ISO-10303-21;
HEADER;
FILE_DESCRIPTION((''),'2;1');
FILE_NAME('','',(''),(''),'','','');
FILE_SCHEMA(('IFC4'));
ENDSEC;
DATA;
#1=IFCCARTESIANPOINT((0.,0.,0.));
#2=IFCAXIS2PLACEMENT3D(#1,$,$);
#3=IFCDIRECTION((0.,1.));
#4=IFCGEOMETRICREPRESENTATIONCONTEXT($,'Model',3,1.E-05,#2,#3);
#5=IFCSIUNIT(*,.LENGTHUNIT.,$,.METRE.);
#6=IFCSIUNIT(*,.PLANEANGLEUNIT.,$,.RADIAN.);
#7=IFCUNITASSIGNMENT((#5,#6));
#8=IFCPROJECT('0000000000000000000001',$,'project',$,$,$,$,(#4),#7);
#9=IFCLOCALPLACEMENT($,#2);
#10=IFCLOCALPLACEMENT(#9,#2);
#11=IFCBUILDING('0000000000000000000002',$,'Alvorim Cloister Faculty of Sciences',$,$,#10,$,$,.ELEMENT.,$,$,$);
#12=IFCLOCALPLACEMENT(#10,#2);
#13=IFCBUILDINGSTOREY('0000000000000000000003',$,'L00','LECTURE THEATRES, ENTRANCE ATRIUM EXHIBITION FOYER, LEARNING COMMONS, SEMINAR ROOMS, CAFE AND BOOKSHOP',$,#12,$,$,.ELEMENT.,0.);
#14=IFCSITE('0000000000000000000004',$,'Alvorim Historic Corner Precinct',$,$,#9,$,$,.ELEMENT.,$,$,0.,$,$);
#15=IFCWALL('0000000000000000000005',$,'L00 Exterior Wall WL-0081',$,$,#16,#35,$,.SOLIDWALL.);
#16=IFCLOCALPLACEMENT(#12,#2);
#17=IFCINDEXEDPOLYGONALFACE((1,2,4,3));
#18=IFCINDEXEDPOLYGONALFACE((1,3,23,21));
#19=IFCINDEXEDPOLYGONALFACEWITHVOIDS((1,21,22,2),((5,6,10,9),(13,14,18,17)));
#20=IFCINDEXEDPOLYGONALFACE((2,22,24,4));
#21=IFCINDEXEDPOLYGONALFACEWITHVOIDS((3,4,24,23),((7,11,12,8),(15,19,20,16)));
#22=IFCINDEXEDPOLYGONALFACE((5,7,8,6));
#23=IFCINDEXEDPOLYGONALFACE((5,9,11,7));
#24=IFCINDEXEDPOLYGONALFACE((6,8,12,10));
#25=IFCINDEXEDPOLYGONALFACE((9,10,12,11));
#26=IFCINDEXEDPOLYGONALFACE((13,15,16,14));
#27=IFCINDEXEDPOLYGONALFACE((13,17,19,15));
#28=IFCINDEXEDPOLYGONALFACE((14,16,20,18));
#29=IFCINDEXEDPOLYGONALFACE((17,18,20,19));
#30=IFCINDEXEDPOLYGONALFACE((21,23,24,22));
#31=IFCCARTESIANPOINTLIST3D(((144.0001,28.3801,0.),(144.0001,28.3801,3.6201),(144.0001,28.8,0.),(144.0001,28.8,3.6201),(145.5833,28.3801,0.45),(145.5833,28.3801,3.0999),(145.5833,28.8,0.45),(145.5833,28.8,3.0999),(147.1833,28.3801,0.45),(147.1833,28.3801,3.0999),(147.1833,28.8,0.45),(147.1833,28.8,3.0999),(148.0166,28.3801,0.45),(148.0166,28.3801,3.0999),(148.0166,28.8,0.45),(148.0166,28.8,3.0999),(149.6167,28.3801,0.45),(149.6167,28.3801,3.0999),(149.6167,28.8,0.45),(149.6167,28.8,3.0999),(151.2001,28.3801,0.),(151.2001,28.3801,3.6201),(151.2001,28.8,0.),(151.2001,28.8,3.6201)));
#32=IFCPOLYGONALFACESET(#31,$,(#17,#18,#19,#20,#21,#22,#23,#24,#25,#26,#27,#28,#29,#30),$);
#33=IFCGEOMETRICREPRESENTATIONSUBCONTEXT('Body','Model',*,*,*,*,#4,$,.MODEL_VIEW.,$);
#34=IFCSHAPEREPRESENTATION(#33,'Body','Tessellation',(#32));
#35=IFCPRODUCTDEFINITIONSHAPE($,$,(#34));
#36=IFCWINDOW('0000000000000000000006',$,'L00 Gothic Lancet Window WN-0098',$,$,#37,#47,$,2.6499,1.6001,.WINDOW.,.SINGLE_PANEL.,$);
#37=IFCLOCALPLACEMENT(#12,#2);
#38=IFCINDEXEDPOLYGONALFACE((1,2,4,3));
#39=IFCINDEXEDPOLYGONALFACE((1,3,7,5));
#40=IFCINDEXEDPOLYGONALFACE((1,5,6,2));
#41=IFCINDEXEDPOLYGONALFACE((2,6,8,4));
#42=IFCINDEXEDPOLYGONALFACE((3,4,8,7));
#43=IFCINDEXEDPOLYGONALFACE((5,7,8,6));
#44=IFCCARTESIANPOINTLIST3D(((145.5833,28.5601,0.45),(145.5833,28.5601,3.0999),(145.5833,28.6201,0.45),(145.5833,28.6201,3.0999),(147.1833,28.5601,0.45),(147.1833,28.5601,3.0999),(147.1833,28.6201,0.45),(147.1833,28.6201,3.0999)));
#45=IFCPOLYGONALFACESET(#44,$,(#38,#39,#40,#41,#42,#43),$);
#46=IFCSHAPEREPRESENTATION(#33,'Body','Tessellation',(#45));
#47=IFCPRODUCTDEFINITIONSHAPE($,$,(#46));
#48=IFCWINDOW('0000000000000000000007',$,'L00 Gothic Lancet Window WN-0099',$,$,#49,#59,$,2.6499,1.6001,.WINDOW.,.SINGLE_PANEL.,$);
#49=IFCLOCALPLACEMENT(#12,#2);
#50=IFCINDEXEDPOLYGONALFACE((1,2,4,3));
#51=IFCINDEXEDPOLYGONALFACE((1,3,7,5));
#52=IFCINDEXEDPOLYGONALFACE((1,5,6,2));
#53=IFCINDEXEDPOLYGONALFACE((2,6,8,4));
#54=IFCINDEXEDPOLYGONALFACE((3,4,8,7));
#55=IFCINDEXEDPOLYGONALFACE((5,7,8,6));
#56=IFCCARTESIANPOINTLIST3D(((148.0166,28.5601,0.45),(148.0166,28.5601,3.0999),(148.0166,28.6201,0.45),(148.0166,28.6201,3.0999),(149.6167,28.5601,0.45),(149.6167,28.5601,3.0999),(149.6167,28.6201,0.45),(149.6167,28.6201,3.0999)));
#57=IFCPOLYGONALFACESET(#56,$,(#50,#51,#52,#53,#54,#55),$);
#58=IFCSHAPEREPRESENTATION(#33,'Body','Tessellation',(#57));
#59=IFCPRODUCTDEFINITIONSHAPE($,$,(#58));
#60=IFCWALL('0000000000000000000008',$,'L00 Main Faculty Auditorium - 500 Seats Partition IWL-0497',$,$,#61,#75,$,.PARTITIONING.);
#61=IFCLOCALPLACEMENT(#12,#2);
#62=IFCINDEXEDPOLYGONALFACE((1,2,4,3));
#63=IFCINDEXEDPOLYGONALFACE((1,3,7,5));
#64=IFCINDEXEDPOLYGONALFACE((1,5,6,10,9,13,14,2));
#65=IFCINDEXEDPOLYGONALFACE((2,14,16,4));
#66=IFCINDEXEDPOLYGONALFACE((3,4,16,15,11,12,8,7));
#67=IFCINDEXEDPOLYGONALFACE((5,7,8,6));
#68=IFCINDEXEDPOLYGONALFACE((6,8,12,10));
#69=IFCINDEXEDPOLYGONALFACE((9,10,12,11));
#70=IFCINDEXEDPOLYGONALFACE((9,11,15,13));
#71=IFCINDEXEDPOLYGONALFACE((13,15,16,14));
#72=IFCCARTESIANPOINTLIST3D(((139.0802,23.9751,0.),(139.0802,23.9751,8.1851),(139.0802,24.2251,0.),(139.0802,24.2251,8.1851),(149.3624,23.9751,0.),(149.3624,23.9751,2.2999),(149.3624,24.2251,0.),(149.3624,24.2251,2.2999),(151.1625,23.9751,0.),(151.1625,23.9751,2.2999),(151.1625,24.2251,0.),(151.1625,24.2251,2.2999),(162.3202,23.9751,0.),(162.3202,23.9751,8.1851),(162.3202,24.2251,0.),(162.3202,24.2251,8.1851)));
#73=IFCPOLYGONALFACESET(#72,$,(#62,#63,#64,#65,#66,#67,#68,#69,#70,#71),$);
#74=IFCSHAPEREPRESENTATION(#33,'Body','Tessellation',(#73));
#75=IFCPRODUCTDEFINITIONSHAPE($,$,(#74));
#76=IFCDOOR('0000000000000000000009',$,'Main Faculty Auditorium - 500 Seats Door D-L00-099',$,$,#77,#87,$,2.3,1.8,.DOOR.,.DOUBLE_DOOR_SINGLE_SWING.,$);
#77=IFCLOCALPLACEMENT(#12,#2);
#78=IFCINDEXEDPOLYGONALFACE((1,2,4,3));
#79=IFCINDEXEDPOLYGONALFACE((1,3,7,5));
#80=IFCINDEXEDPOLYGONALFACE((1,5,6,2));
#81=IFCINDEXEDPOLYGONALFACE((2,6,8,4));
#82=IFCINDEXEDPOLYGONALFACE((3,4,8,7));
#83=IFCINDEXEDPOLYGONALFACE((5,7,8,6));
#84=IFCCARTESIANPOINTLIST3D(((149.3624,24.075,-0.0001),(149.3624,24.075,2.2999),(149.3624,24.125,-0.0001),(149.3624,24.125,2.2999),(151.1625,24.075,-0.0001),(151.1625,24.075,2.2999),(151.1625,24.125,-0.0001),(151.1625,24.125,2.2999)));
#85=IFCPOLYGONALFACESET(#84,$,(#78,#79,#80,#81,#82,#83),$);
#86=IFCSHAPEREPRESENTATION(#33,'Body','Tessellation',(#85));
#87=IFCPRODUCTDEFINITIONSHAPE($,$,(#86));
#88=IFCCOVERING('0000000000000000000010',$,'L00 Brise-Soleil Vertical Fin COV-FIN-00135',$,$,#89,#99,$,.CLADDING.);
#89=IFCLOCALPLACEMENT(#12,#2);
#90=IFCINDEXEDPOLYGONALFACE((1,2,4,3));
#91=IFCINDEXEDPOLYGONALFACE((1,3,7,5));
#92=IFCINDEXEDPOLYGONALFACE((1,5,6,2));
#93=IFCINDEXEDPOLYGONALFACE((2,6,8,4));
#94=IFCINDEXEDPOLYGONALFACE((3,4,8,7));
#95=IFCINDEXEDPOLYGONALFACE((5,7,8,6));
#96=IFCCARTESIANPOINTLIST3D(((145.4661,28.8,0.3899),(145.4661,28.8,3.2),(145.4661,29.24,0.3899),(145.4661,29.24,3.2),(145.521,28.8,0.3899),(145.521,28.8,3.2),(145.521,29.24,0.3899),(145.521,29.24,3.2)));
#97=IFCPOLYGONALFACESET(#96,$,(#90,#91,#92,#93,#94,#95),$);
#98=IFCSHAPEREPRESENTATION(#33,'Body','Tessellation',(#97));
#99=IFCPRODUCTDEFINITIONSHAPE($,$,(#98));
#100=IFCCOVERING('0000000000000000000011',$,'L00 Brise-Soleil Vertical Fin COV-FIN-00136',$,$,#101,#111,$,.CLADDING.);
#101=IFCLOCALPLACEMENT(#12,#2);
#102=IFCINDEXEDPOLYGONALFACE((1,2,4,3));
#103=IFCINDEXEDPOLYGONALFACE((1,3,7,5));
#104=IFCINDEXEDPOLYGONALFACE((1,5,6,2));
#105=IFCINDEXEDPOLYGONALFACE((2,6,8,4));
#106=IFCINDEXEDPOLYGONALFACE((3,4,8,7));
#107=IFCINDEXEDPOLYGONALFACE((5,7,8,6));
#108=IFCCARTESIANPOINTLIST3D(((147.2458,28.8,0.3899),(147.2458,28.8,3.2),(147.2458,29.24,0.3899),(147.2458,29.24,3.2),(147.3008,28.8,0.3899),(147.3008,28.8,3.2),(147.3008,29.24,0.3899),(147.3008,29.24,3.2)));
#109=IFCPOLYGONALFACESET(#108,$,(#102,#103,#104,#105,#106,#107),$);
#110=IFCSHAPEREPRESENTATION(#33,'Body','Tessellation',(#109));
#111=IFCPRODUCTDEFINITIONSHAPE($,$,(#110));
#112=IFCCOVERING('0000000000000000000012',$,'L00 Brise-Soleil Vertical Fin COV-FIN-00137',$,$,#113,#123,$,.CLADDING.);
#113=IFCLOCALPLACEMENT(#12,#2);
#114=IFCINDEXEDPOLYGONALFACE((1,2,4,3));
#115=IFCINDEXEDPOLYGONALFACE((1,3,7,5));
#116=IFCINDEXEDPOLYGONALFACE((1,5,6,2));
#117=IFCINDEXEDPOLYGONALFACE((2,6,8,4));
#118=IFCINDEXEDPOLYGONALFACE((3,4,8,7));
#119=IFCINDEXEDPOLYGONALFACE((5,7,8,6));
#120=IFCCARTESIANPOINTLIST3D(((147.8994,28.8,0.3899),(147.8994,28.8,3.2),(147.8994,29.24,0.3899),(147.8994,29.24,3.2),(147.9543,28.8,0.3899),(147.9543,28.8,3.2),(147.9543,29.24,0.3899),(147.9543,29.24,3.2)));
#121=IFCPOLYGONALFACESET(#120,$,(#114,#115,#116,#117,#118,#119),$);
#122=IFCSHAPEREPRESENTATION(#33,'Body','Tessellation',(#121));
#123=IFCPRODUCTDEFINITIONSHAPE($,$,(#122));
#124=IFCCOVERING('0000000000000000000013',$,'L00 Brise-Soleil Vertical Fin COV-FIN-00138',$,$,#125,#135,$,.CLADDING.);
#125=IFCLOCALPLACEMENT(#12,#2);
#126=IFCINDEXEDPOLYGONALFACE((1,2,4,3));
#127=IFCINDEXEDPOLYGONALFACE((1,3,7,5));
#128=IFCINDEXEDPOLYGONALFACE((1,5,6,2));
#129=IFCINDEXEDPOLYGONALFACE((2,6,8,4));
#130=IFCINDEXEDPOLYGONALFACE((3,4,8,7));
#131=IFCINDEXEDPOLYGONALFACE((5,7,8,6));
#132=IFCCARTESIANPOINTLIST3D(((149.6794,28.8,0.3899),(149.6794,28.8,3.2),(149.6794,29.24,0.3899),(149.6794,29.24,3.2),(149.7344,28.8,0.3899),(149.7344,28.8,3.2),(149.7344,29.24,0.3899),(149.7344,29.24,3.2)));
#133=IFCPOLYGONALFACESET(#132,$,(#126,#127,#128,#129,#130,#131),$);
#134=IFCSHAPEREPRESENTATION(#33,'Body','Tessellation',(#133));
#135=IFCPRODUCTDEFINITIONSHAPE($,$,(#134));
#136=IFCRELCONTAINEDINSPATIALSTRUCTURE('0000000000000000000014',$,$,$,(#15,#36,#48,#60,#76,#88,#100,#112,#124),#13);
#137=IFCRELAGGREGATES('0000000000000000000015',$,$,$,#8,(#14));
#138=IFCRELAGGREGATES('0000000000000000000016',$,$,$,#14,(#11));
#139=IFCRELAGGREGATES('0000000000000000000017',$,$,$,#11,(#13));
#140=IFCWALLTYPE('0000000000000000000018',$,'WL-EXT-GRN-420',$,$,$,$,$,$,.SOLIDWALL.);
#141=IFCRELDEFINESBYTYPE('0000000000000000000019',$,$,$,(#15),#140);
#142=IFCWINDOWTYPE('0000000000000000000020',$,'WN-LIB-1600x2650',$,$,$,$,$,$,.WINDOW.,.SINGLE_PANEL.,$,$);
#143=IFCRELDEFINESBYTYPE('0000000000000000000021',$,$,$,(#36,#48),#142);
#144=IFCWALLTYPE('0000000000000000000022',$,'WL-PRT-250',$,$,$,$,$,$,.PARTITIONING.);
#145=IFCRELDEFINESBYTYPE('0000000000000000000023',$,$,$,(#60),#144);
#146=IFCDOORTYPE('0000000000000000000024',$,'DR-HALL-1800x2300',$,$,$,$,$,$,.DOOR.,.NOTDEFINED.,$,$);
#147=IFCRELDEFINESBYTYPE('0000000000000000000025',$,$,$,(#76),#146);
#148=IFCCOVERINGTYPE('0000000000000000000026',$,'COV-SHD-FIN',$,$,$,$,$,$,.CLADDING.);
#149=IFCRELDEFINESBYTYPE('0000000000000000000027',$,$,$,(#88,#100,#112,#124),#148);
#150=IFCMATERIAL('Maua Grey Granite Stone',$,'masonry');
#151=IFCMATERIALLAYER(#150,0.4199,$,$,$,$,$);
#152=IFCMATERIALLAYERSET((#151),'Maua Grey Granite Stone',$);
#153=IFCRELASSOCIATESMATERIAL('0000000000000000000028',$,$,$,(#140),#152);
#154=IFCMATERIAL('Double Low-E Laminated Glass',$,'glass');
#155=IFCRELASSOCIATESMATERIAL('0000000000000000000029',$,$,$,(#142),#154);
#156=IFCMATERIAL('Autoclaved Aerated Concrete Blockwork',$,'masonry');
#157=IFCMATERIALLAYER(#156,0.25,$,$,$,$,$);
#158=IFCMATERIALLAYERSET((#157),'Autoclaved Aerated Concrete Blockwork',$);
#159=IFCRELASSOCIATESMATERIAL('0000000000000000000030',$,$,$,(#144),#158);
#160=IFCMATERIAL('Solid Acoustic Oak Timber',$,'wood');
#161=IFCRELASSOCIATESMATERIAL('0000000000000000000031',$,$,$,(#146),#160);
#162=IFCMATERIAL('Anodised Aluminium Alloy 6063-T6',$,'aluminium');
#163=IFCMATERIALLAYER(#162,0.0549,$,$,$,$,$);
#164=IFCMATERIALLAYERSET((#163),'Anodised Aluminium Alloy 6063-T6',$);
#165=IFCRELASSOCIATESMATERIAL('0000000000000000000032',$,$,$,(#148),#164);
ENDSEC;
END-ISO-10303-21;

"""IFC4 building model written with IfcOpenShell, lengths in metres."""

from ifc_helpers import new_model, si_unit, direction, frame, frame_2d, origin, place, context, subcontext, project, spatial, polyline, rectangle, outline, extrude, material, layer, layer_set, type_object, element, fill, save


model = new_model("IFC4")

# Units and contexts
model_context = context("Model", 3, precision=1e-05, world=origin(), true_north=direction((0.0, 1.0)))
body_context = subcontext(model_context, "Body", "Model", "MODEL_VIEW")
ifc_project = project(units=[si_unit("LENGTHUNIT", "METRE"), si_unit("PLANEANGLEUNIT", "RADIAN")], contexts=[model_context])

# Site, building, storey
site_placement = place(None, origin())
site = spatial("IfcSite", under=ifc_project, at=site_placement, Name="Alvorim Historic Corner Precinct", CompositionType="ELEMENT", RefElevation=0.0)
building_placement = place(site_placement, origin())
building = spatial("IfcBuilding", under=site, at=building_placement, Name="Alvorim Cloister Faculty of Sciences", CompositionType="ELEMENT")
storey_placement = place(building_placement, origin())
storey = spatial("IfcBuildingStorey", under=building, at=storey_placement, Name="L00", Description="LECTURE THEATRES, ENTRANCE ATRIUM EXHIBITION FOYER, LEARNING COMMONS, SEMINAR ROOMS, CAFE AND BOOKSHOP", CompositionType="ELEMENT", Elevation=0.0)

# Shared definitions
ifc_material_1 = material(Name="Maua Grey Granite Stone", Category="masonry")

# Shared definitions
ifc_layer_1 = layer(ifc_material_1, 0.4199)
ifc_layer_set_1 = layer_set([ifc_layer_1], Name="Maua Grey Granite Stone")
wall_type_1 = type_object("IfcWallType", Name="WL-EXT-GRN-420", PredefinedType="SOLIDWALL", material=ifc_layer_set_1)

# Wall, openings, windows
wall_1_placement = place(storey_placement, frame((144.0, 28.5901, 0.0), z_axis=(0.0, 0.0, 1.0), x_axis=(1.0, 0.0, 0.0)))
wall_1 = element("IfcWall", 1, at=wall_1_placement, inside=storey, type_object=wall_type_1, Name="L00 Exterior Wall WL-0081", PredefinedType="SOLIDWALL", context=body_context, shape_type="SweptSolid", body=[
    extrude(rectangle(XDim=7.2, YDim=0.4199, at=frame_2d((3.6001, 0.0))), origin(), (0.0, 0.0, 1.0), 3.6201),
])
opening_1_placement = place(wall_1_placement, frame((1.5833, 0.0, 0.45)))
opening_1 = element("IfcOpeningElement", 2, at=opening_1_placement, cuts=wall_1, PredefinedType="OPENING", context=body_context, shape_type="SweptSolid", body=[
    extrude(rectangle(XDim=1.6001, YDim=2.6499, at=frame_2d((0.8, 1.325))), frame((0.0, 0.2219, 0.0), z_axis=(0.0, -1.0, 0.0), x_axis=(1.0, 0.0, 0.0)), (0.0, 0.0, 1.0), 0.4438),
])
opening_2_placement = place(wall_1_placement, frame((4.0166, 0.0, 0.45)))
opening_2 = element("IfcOpeningElement", 3, at=opening_2_placement, cuts=wall_1, PredefinedType="OPENING", context=body_context, shape_type="SweptSolid", body=[
    extrude(rectangle(XDim=1.6001, YDim=2.6499, at=frame_2d((0.8, 1.325))), frame((0.0, 0.2219, 0.0), z_axis=(0.0, -1.0, 0.0), x_axis=(1.0, 0.0, 0.0)), (0.0, 0.0, 1.0), 0.4438),
])
ifc_material_2 = material(Name="Double Low-E Laminated Glass", Category="glass")
window_type = type_object("IfcWindowType", Name="WN-LIB-1600x2650", PartitioningType="SINGLE_PANEL", PredefinedType="WINDOW", material=ifc_material_2)
window_1_placement = place(opening_1_placement, origin())
window_1 = element("IfcWindow", 4, at=window_1_placement, inside=storey, type_object=window_type, Name="L00 Gothic Lancet Window WN-0098", OverallHeight=2.6499, OverallWidth=1.6001, PartitioningType="SINGLE_PANEL", PredefinedType="WINDOW", context=body_context, shape_type="SweptSolid", body=[
    extrude(rectangle(XDim=1.6001, YDim=2.6499, at=frame_2d((0.8, 1.325))), frame((0.0, 0.03, 0.0), z_axis=(0.0, -1.0, 0.0), x_axis=(1.0, 0.0, 0.0)), (0.0, 0.0, 1.0), 0.0601),
])
fill(opening_1, window_1)
window_2_placement = place(opening_2_placement, origin())
window_2 = element("IfcWindow", 5, at=window_2_placement, inside=storey, type_object=window_type, Name="L00 Gothic Lancet Window WN-0099", OverallHeight=2.6499, OverallWidth=1.6001, PartitioningType="SINGLE_PANEL", PredefinedType="WINDOW", context=body_context, shape_type="SweptSolid", body=[
    extrude(rectangle(XDim=1.6001, YDim=2.6499, at=frame_2d((0.8, 1.325))), frame((0.0, 0.03, 0.0), z_axis=(0.0, -1.0, 0.0), x_axis=(1.0, 0.0, 0.0)), (0.0, 0.0, 1.0), 0.0601),
])
fill(opening_2, window_2)

# Wall, opening, door
ifc_material_3 = material(Name="Autoclaved Aerated Concrete Blockwork", Category="masonry")
ifc_layer_2 = layer(ifc_material_3, 0.25)
ifc_layer_set_2 = layer_set([ifc_layer_2], Name="Autoclaved Aerated Concrete Blockwork")
wall_type_2 = type_object("IfcWallType", Name="WL-PRT-250", PredefinedType="PARTITIONING", material=ifc_layer_set_2)
wall_2_placement = place(storey_placement, frame((139.0801, 24.1001, 0.0), z_axis=(0.0, 0.0, 1.0), x_axis=(1.0, 0.0, 0.0)))
wall_2 = element("IfcWall", 6, at=wall_2_placement, inside=storey, type_object=wall_type_2, Name="L00 Main Faculty Auditorium - 500 Seats Partition IWL-0497", PredefinedType="PARTITIONING", context=body_context, shape_type="SweptSolid", body=[
    extrude(rectangle(XDim=23.24, YDim=0.25, at=frame_2d((11.6201, 0.0))), origin(), (0.0, 0.0, 1.0), 8.1851),
])
opening_3_placement = place(wall_2_placement, frame((10.2825, 0.0, 0.0)))
opening_3 = element("IfcOpeningElement", 7, at=opening_3_placement, cuts=wall_2, PredefinedType="OPENING", context=body_context, shape_type="SweptSolid", body=[
    extrude(rectangle(XDim=1.8, YDim=2.3, at=frame_2d((0.8999, 1.1499))), frame((0.0, 0.137, 0.0), z_axis=(0.0, -1.0, 0.0), x_axis=(1.0, 0.0, 0.0)), (0.0, 0.0, 1.0), 0.2739),
])
ifc_material_4 = material(Name="Solid Acoustic Oak Timber", Category="wood")
door_type_1 = type_object("IfcDoorType", Name="DR-HALL-1800x2300", OperationType="NOTDEFINED", PredefinedType="DOOR", material=ifc_material_4)
door_1_placement = place(opening_3_placement, origin())
door_1 = element("IfcDoor", 8, at=door_1_placement, inside=storey, type_object=door_type_1, Name="Main Faculty Auditorium - 500 Seats Door D-L00-099", OperationType="DOUBLE_DOOR_SINGLE_SWING", OverallHeight=2.3, OverallWidth=1.8, PredefinedType="DOOR", context=body_context, shape_type="SweptSolid", body=[
    extrude(rectangle(XDim=1.8, YDim=2.3, at=frame_2d((0.8999, 1.1499))), frame((0.0, 0.0249, 0.0), z_axis=(0.0, -1.0, 0.0), x_axis=(1.0, 0.0, 0.0)), (0.0, 0.0, 1.0), 0.05),
])
fill(opening_3, door_1)

# Coverings
ifc_material_5 = material(Name="Anodised Aluminium Alloy 6063-T6", Category="aluminium")
ifc_layer_3 = layer(ifc_material_5, 0.0549)
ifc_layer_set_3 = layer_set([ifc_layer_3], Name="Anodised Aluminium Alloy 6063-T6")
covering_type = type_object("IfcCoveringType", Name="COV-SHD-FIN", PredefinedType="CLADDING", material=ifc_layer_set_3)
for number, where, z_axis, x_axis, name in (
    (9, (145.4934, 28.8, 0.3899), (0.0, 0.0, 1.0), (0.0, 1.0, 0.0), "L00 Brise-Soleil Vertical Fin COV-FIN-00135"),
    (10, (147.2732, 28.8, 0.3899), (0.0, 0.0, 1.0), (0.0, 1.0, 0.0), "L00 Brise-Soleil Vertical Fin COV-FIN-00136"),
    (11, (147.9268, 28.8, 0.3899), (0.0, 0.0, 1.0), (0.0, 1.0, 0.0), "L00 Brise-Soleil Vertical Fin COV-FIN-00137"),
    (12, (149.7068, 28.8, 0.3899), (0.0, 0.0, 1.0), (0.0, 1.0, 0.0), "L00 Brise-Soleil Vertical Fin COV-FIN-00138"),
):
    element("IfcCovering", number, at=place(storey_placement, frame(where, z_axis=z_axis, x_axis=x_axis)), inside=storey, type_object=covering_type, Name=name, PredefinedType="CLADDING", context=body_context, shape_type="SweptSolid", body=[
        extrude(outline(polyline([(0.0, 0.0), (0.4399, 0.0), (0.4399, 2.8101), (0.0, 2.8101), (0.0, 0.0)])), frame((0.0, 0.0273, 0.0), z_axis=(0.0, -1.0, 0.0), x_axis=(1.0, 0.0, 0.0)), (0.0, 0.0, 1.0), 0.0549),
    ])

save(model, "model.ifc")
